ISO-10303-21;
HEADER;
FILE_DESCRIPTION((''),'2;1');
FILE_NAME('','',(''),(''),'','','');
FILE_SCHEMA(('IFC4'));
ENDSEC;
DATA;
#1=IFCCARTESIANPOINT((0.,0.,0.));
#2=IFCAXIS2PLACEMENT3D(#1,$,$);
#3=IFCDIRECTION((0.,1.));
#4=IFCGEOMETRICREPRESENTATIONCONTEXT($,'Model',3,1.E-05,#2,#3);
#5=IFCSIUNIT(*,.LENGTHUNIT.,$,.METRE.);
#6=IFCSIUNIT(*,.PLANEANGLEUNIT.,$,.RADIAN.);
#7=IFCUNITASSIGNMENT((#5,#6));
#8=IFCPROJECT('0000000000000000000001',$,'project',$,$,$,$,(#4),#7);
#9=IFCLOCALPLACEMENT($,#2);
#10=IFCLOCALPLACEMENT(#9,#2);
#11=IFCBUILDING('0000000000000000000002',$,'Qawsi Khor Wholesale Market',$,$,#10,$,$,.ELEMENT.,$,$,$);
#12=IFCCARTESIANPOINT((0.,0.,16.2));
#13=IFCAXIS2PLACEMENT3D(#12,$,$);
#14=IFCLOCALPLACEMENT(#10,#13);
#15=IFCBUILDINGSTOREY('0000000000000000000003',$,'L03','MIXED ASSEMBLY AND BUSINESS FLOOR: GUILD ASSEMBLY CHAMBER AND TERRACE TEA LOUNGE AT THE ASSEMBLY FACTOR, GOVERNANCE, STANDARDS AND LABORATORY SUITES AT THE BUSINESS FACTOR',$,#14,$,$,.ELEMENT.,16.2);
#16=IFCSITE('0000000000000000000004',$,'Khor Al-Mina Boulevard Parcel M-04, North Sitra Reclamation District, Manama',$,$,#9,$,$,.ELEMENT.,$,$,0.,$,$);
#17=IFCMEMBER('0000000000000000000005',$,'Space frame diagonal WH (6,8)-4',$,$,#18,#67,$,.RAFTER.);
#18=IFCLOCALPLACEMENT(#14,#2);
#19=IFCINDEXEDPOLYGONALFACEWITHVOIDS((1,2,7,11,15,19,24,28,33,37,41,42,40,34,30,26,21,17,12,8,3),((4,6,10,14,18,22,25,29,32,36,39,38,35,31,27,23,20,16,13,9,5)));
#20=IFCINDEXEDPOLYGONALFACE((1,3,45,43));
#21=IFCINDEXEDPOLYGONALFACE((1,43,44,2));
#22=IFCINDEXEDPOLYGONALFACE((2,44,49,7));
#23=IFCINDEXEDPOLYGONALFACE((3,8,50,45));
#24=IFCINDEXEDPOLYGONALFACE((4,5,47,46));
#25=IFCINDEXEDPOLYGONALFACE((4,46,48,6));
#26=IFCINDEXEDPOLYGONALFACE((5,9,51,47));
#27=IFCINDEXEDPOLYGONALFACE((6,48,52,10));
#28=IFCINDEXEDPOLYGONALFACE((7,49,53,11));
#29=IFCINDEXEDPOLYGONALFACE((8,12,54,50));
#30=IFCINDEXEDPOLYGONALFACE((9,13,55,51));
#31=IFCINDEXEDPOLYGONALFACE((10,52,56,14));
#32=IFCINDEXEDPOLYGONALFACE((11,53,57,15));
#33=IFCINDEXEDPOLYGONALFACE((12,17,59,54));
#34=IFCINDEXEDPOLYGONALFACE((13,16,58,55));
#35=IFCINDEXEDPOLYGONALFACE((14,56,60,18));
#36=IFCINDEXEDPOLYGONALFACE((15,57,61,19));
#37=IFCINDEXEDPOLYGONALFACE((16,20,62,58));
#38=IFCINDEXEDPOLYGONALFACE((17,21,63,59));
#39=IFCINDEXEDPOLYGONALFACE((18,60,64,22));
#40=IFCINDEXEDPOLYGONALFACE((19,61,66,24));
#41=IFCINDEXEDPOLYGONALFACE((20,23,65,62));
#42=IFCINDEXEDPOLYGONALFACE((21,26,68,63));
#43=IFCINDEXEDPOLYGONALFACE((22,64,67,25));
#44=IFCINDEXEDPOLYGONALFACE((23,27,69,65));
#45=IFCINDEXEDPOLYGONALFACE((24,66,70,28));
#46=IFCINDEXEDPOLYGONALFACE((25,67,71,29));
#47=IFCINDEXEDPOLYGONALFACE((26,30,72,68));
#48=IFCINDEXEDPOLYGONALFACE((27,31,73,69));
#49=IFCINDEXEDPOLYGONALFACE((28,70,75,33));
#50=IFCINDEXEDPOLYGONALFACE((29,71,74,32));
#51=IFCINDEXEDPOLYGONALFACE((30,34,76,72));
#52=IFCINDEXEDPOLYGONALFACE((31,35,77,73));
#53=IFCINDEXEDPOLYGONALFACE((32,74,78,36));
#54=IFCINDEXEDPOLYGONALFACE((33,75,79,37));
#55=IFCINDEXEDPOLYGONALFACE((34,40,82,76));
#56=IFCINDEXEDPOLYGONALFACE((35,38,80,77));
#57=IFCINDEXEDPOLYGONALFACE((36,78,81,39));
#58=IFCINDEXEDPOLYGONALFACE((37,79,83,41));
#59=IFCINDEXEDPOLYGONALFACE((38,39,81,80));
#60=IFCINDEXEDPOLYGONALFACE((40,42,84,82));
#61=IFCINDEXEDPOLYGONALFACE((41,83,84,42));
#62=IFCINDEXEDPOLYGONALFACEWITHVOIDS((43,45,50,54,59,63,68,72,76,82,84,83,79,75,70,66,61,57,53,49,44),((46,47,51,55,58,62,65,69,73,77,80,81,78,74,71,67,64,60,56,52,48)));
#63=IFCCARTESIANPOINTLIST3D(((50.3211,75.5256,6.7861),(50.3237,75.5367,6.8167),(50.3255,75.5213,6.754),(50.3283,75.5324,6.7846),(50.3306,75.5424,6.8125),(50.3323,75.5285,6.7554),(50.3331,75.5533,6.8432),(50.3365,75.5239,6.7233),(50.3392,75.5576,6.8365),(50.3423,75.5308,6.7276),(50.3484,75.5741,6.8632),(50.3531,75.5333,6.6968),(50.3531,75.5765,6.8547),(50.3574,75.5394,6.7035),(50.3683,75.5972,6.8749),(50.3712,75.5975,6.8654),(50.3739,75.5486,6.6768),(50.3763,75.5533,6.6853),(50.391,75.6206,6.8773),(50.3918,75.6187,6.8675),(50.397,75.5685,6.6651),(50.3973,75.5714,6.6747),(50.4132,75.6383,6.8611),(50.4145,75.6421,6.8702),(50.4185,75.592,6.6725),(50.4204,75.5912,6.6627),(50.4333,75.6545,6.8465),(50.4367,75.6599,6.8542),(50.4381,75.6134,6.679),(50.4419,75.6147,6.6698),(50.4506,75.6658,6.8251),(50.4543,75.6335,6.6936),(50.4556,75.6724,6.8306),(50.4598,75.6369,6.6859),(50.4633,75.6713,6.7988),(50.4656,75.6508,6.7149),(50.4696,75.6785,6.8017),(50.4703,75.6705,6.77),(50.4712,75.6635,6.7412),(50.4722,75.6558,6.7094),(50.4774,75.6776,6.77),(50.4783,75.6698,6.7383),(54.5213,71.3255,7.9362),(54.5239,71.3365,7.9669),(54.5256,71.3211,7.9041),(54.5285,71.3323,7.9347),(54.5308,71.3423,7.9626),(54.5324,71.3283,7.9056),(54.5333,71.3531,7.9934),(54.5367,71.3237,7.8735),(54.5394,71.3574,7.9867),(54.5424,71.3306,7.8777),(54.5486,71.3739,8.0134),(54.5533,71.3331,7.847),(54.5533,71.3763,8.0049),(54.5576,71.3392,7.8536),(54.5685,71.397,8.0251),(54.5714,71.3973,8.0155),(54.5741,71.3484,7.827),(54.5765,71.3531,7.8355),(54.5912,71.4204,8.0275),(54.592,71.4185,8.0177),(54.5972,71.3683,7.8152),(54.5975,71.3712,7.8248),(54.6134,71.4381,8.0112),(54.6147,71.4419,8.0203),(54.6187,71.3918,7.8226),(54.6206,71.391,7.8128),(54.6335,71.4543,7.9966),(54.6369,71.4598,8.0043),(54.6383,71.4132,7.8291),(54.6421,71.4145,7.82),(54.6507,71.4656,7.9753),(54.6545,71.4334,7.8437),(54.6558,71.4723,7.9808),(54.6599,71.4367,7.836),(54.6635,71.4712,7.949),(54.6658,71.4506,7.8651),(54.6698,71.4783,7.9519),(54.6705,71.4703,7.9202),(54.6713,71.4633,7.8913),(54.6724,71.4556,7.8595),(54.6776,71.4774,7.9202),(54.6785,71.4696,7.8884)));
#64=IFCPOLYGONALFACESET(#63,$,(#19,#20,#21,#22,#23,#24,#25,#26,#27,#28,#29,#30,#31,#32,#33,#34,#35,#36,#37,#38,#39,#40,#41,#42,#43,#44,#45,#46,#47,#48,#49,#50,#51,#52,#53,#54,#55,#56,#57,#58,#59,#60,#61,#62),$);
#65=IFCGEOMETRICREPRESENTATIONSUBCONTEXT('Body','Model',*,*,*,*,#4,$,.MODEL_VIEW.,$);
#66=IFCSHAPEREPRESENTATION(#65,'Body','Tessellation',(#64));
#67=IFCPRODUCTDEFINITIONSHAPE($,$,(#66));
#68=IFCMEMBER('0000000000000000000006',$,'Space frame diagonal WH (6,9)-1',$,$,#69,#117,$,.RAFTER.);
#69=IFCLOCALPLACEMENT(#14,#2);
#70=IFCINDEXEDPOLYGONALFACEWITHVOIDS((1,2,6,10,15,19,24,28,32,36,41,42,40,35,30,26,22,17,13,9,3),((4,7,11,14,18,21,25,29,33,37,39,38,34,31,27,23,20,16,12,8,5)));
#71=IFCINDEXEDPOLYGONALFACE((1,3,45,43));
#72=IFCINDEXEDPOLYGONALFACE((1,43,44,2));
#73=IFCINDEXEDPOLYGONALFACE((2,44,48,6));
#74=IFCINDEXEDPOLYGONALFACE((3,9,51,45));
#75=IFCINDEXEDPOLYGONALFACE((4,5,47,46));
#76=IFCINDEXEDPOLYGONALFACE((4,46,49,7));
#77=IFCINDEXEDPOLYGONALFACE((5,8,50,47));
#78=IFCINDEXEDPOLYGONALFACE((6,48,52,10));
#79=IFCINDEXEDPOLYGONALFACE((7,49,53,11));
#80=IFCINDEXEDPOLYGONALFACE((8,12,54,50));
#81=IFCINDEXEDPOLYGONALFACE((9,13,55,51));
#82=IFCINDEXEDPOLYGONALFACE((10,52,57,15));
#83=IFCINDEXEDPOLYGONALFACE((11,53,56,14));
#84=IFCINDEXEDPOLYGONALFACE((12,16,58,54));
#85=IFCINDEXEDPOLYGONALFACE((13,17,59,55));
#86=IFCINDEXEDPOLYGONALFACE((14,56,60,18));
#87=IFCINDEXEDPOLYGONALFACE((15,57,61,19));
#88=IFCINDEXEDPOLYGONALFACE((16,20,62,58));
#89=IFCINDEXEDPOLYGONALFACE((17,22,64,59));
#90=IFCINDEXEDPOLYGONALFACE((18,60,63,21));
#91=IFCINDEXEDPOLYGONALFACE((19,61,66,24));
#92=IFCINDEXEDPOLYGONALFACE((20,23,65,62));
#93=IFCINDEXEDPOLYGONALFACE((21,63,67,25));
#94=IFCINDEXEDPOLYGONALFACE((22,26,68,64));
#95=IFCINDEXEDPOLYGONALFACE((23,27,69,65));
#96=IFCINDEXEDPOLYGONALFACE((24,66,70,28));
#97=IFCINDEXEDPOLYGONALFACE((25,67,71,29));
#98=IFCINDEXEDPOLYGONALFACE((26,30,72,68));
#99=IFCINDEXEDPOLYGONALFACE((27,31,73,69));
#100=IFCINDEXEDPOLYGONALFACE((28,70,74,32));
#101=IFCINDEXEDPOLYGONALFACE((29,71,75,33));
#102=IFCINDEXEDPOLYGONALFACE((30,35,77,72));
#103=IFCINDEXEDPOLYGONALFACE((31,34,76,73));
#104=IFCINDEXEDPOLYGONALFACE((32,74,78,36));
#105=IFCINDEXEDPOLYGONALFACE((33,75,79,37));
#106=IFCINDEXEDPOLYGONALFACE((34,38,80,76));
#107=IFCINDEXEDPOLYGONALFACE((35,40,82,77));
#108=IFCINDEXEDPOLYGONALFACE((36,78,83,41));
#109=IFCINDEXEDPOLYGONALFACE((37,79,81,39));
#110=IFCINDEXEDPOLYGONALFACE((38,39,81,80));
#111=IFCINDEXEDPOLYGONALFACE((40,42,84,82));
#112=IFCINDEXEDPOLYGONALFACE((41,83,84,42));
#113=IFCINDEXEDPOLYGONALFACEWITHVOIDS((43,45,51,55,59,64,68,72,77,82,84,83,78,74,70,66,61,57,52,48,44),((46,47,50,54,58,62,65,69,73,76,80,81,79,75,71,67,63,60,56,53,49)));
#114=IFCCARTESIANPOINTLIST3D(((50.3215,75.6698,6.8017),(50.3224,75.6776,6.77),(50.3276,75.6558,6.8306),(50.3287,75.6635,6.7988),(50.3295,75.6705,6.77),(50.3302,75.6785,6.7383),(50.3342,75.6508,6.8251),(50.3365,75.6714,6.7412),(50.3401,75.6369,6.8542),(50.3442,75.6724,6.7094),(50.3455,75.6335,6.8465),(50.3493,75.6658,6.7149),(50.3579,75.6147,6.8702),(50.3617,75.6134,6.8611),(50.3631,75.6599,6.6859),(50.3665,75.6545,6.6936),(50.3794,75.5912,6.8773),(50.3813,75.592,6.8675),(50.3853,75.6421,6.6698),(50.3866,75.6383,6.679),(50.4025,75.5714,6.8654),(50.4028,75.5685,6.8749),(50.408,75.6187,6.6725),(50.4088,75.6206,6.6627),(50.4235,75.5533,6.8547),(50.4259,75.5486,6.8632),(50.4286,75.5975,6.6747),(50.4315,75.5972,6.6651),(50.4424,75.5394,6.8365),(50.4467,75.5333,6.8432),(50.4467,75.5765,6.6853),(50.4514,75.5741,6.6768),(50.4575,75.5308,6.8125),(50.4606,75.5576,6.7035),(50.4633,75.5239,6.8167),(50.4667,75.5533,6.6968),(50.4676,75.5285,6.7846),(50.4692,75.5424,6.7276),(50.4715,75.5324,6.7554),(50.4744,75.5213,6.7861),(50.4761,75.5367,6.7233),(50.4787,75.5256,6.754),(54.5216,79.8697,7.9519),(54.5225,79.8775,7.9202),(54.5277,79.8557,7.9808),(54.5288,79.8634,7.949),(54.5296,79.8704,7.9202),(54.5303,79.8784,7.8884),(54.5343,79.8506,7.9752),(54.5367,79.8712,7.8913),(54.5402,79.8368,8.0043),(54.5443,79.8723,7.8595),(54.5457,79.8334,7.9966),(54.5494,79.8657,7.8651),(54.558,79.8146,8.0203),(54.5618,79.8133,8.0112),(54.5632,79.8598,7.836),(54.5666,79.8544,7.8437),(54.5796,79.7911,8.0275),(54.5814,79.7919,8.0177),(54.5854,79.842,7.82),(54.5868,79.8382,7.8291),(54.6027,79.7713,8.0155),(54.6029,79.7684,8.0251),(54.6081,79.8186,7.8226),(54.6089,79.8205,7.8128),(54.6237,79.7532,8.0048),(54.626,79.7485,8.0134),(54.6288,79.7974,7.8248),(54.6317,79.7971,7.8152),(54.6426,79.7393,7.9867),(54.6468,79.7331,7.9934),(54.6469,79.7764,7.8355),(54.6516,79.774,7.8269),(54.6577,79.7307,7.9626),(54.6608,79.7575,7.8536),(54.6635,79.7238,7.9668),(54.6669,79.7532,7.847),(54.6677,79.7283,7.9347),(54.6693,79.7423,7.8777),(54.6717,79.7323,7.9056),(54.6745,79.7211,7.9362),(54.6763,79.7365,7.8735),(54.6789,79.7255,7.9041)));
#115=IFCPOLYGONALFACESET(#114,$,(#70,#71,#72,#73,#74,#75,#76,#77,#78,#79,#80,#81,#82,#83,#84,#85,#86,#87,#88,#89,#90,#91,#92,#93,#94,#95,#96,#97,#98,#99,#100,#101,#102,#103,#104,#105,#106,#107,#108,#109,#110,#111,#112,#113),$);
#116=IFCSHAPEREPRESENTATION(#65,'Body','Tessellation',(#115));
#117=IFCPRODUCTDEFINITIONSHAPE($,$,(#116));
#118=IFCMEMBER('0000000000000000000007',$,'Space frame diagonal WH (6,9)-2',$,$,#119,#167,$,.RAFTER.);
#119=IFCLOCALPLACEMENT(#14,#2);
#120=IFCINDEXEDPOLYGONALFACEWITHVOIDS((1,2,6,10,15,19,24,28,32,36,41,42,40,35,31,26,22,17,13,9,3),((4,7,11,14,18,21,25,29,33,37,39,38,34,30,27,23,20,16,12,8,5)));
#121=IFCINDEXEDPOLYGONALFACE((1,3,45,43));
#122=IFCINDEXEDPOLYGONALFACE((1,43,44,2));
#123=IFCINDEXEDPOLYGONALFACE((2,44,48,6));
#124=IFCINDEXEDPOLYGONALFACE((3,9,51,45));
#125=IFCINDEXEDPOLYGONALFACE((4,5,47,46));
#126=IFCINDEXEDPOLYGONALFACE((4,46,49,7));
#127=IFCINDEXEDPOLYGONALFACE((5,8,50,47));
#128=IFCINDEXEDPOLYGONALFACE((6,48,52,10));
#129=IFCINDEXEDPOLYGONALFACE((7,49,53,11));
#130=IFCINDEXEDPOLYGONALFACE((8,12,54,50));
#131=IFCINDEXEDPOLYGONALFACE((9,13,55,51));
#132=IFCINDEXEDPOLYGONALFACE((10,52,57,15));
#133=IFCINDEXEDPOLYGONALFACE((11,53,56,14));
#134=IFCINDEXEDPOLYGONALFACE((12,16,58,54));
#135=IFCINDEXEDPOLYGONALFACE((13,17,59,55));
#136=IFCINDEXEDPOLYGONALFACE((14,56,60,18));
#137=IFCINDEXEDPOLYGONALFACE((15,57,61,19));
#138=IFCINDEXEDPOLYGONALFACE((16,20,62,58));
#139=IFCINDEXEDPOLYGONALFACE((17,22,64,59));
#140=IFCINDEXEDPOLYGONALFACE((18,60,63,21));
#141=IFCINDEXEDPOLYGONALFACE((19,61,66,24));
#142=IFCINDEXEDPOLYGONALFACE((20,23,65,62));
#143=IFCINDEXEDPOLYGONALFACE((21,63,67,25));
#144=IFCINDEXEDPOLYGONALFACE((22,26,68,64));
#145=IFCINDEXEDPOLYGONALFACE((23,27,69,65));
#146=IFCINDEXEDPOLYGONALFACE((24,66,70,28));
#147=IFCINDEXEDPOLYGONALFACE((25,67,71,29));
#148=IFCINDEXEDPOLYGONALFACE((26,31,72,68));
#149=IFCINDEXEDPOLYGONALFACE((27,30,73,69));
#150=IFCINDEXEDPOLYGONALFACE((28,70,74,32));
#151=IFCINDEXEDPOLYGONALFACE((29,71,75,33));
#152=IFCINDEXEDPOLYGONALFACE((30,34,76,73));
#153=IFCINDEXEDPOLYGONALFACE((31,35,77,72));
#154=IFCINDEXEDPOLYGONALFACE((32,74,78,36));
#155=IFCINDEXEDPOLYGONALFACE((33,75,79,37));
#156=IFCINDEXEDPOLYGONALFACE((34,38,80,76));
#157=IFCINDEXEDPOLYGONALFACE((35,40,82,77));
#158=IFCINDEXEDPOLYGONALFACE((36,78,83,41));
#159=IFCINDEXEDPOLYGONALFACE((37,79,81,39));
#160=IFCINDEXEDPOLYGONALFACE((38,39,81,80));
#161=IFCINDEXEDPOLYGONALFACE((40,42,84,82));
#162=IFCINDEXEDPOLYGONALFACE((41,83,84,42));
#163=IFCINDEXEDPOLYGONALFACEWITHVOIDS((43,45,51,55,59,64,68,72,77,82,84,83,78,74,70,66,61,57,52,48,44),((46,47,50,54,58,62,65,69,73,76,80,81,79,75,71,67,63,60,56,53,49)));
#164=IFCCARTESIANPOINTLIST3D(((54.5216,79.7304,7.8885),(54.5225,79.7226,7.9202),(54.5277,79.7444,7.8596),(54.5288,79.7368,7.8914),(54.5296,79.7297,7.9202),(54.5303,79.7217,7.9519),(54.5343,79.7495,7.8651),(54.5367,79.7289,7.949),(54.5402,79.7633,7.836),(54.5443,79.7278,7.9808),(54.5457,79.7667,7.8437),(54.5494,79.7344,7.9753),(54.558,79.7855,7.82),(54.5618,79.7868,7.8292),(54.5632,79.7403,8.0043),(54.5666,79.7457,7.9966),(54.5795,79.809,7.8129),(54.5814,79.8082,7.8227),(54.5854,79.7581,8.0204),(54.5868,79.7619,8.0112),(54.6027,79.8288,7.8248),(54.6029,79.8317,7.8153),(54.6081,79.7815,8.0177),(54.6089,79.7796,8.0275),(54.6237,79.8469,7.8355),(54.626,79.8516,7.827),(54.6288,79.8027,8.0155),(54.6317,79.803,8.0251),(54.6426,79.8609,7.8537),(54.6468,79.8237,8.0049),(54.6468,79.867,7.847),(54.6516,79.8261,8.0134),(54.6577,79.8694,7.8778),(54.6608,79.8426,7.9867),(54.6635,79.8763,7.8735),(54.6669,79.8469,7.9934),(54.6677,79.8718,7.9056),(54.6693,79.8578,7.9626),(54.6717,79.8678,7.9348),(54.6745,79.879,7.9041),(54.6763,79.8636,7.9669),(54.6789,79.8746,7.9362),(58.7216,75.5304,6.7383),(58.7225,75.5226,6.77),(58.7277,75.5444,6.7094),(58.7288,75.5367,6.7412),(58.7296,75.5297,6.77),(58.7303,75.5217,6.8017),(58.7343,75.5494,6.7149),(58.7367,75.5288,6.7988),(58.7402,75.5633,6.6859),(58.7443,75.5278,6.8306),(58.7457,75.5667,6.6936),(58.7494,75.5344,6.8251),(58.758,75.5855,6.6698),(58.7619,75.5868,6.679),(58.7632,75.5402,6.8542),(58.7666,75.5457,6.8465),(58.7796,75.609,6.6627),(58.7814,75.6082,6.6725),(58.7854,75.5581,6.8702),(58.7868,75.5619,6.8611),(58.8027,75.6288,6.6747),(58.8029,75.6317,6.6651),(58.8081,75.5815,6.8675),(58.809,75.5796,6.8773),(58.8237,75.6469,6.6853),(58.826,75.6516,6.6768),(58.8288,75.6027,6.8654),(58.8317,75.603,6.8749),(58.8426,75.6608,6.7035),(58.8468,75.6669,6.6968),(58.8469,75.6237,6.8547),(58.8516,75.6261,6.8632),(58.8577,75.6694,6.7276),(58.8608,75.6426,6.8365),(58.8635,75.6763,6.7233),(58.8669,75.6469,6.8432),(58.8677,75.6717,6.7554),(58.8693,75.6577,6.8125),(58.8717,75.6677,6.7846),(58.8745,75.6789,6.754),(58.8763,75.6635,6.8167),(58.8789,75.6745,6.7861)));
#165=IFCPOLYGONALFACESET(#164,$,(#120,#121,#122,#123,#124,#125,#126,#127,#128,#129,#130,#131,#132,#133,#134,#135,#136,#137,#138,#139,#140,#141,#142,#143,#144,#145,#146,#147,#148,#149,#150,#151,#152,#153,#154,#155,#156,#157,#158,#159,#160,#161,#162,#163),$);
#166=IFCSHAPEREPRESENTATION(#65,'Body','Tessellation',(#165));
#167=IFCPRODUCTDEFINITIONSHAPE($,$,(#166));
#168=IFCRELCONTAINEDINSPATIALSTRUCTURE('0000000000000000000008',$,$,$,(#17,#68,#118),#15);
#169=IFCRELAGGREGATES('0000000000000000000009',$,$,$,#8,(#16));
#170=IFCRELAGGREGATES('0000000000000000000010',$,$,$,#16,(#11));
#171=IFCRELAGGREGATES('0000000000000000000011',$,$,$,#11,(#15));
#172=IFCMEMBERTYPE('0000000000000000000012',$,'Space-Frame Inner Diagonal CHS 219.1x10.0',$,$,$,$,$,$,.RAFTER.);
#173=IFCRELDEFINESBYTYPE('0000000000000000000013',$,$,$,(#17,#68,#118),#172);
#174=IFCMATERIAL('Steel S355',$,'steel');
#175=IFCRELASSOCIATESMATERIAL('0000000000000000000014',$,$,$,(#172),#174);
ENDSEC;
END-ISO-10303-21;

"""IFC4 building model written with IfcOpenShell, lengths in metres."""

from ifc_helpers import new_model, si_unit, direction, frame, origin, origin_2d, place, context, subcontext, project, spatial, hollow_circle, extrude, material, material_profile, profile_set, type_object, element, save


model = new_model("IFC4")

# Units and contexts
model_context = context("Model", 3, precision=1e-05, world=origin(), true_north=direction((0.0, 1.0)))
body_context = subcontext(model_context, "Body", "Model", "MODEL_VIEW")
ifc_project = project(units=[si_unit("LENGTHUNIT", "METRE"), si_unit("PLANEANGLEUNIT", "RADIAN")], contexts=[model_context])

# Site, building, storey
site_placement = place(None, origin())
site = spatial("IfcSite", under=ifc_project, at=site_placement, Name="Khor Al-Mina Boulevard Parcel M-04, North Sitra Reclamation District, Manama", CompositionType="ELEMENT", RefElevation=0.0)
building_placement = place(site_placement, origin())
building = spatial("IfcBuilding", under=site, at=building_placement, Name="Qawsi Khor Wholesale Market", CompositionType="ELEMENT")
storey_placement = place(building_placement, frame((0.0, 0.0, 16.2)))
storey = spatial("IfcBuildingStorey", under=building, at=storey_placement, Name="L03", Description="MIXED ASSEMBLY AND BUSINESS FLOOR: GUILD ASSEMBLY CHAMBER AND TERRACE TEA LOUNGE AT THE ASSEMBLY FACTOR, GOVERNANCE, STANDARDS AND LABORATORY SUITES AT THE BUSINESS FACTOR", CompositionType="ELEMENT", Elevation=16.2)

# Members
ifc_material_1 = material(Name="Steel S355", Category="steel")
ifc_material_profile_1 = material_profile(ifc_material_1, hollow_circle(Radius=0.1096, WallThickness=0.01, at=origin_2d()), Name="CHS 219.1x10.0")
ifc_profile_set_1 = profile_set([ifc_material_profile_1], Name="Steel S355")
member_type_1 = type_object("IfcMemberType", Name="Space-Frame Inner Diagonal CHS 219.1x10.0", PredefinedType="RAFTER", material=ifc_profile_set_1)
member_1_placement = place(storey_placement, frame((50.3999, 75.6001, 6.77), z_axis=(0.694213, -0.694213, 0.190097), x_axis=(0.707107, 0.707107, 0.0)))
element("IfcMember", 1, at=member_1_placement, inside=storey, type_object=member_type_1, Name="Space frame diagonal WH (6,8)-4", PredefinedType="RAFTER", context=body_context, shape_type="SweptSolid", body=[
    extrude(hollow_circle(Radius=0.1096, WallThickness=0.01, at=origin_2d()), origin(), (0.0, 0.0, 1.0), 6.0503),
])
for number, where, z_axis, x_axis, name in (
    (2, (50.3999, 75.6001, 6.77), (0.694232, 0.694192, 0.190103), (-0.707086, 0.707127, 0.0), "Space frame diagonal WH (6,9)-1"),
    (3, (58.8, 75.6001, 6.77), (-0.694211, 0.694211, 0.190108), (-0.707107, -0.707107, 0.0), "Space frame diagonal WH (6,9)-2"),
):
    element("IfcMember", number, at=place(storey_placement, frame(where, z_axis=z_axis, x_axis=x_axis)), inside=storey, type_object=member_type_1, Name=name, PredefinedType="RAFTER", context=body_context, shape_type="SweptSolid", body=[
        extrude(hollow_circle(Radius=0.1096, WallThickness=0.01, at=origin_2d()), origin(), (0.0, 0.0, 1.0), 6.05),
    ])

save(model, "model.ifc")
